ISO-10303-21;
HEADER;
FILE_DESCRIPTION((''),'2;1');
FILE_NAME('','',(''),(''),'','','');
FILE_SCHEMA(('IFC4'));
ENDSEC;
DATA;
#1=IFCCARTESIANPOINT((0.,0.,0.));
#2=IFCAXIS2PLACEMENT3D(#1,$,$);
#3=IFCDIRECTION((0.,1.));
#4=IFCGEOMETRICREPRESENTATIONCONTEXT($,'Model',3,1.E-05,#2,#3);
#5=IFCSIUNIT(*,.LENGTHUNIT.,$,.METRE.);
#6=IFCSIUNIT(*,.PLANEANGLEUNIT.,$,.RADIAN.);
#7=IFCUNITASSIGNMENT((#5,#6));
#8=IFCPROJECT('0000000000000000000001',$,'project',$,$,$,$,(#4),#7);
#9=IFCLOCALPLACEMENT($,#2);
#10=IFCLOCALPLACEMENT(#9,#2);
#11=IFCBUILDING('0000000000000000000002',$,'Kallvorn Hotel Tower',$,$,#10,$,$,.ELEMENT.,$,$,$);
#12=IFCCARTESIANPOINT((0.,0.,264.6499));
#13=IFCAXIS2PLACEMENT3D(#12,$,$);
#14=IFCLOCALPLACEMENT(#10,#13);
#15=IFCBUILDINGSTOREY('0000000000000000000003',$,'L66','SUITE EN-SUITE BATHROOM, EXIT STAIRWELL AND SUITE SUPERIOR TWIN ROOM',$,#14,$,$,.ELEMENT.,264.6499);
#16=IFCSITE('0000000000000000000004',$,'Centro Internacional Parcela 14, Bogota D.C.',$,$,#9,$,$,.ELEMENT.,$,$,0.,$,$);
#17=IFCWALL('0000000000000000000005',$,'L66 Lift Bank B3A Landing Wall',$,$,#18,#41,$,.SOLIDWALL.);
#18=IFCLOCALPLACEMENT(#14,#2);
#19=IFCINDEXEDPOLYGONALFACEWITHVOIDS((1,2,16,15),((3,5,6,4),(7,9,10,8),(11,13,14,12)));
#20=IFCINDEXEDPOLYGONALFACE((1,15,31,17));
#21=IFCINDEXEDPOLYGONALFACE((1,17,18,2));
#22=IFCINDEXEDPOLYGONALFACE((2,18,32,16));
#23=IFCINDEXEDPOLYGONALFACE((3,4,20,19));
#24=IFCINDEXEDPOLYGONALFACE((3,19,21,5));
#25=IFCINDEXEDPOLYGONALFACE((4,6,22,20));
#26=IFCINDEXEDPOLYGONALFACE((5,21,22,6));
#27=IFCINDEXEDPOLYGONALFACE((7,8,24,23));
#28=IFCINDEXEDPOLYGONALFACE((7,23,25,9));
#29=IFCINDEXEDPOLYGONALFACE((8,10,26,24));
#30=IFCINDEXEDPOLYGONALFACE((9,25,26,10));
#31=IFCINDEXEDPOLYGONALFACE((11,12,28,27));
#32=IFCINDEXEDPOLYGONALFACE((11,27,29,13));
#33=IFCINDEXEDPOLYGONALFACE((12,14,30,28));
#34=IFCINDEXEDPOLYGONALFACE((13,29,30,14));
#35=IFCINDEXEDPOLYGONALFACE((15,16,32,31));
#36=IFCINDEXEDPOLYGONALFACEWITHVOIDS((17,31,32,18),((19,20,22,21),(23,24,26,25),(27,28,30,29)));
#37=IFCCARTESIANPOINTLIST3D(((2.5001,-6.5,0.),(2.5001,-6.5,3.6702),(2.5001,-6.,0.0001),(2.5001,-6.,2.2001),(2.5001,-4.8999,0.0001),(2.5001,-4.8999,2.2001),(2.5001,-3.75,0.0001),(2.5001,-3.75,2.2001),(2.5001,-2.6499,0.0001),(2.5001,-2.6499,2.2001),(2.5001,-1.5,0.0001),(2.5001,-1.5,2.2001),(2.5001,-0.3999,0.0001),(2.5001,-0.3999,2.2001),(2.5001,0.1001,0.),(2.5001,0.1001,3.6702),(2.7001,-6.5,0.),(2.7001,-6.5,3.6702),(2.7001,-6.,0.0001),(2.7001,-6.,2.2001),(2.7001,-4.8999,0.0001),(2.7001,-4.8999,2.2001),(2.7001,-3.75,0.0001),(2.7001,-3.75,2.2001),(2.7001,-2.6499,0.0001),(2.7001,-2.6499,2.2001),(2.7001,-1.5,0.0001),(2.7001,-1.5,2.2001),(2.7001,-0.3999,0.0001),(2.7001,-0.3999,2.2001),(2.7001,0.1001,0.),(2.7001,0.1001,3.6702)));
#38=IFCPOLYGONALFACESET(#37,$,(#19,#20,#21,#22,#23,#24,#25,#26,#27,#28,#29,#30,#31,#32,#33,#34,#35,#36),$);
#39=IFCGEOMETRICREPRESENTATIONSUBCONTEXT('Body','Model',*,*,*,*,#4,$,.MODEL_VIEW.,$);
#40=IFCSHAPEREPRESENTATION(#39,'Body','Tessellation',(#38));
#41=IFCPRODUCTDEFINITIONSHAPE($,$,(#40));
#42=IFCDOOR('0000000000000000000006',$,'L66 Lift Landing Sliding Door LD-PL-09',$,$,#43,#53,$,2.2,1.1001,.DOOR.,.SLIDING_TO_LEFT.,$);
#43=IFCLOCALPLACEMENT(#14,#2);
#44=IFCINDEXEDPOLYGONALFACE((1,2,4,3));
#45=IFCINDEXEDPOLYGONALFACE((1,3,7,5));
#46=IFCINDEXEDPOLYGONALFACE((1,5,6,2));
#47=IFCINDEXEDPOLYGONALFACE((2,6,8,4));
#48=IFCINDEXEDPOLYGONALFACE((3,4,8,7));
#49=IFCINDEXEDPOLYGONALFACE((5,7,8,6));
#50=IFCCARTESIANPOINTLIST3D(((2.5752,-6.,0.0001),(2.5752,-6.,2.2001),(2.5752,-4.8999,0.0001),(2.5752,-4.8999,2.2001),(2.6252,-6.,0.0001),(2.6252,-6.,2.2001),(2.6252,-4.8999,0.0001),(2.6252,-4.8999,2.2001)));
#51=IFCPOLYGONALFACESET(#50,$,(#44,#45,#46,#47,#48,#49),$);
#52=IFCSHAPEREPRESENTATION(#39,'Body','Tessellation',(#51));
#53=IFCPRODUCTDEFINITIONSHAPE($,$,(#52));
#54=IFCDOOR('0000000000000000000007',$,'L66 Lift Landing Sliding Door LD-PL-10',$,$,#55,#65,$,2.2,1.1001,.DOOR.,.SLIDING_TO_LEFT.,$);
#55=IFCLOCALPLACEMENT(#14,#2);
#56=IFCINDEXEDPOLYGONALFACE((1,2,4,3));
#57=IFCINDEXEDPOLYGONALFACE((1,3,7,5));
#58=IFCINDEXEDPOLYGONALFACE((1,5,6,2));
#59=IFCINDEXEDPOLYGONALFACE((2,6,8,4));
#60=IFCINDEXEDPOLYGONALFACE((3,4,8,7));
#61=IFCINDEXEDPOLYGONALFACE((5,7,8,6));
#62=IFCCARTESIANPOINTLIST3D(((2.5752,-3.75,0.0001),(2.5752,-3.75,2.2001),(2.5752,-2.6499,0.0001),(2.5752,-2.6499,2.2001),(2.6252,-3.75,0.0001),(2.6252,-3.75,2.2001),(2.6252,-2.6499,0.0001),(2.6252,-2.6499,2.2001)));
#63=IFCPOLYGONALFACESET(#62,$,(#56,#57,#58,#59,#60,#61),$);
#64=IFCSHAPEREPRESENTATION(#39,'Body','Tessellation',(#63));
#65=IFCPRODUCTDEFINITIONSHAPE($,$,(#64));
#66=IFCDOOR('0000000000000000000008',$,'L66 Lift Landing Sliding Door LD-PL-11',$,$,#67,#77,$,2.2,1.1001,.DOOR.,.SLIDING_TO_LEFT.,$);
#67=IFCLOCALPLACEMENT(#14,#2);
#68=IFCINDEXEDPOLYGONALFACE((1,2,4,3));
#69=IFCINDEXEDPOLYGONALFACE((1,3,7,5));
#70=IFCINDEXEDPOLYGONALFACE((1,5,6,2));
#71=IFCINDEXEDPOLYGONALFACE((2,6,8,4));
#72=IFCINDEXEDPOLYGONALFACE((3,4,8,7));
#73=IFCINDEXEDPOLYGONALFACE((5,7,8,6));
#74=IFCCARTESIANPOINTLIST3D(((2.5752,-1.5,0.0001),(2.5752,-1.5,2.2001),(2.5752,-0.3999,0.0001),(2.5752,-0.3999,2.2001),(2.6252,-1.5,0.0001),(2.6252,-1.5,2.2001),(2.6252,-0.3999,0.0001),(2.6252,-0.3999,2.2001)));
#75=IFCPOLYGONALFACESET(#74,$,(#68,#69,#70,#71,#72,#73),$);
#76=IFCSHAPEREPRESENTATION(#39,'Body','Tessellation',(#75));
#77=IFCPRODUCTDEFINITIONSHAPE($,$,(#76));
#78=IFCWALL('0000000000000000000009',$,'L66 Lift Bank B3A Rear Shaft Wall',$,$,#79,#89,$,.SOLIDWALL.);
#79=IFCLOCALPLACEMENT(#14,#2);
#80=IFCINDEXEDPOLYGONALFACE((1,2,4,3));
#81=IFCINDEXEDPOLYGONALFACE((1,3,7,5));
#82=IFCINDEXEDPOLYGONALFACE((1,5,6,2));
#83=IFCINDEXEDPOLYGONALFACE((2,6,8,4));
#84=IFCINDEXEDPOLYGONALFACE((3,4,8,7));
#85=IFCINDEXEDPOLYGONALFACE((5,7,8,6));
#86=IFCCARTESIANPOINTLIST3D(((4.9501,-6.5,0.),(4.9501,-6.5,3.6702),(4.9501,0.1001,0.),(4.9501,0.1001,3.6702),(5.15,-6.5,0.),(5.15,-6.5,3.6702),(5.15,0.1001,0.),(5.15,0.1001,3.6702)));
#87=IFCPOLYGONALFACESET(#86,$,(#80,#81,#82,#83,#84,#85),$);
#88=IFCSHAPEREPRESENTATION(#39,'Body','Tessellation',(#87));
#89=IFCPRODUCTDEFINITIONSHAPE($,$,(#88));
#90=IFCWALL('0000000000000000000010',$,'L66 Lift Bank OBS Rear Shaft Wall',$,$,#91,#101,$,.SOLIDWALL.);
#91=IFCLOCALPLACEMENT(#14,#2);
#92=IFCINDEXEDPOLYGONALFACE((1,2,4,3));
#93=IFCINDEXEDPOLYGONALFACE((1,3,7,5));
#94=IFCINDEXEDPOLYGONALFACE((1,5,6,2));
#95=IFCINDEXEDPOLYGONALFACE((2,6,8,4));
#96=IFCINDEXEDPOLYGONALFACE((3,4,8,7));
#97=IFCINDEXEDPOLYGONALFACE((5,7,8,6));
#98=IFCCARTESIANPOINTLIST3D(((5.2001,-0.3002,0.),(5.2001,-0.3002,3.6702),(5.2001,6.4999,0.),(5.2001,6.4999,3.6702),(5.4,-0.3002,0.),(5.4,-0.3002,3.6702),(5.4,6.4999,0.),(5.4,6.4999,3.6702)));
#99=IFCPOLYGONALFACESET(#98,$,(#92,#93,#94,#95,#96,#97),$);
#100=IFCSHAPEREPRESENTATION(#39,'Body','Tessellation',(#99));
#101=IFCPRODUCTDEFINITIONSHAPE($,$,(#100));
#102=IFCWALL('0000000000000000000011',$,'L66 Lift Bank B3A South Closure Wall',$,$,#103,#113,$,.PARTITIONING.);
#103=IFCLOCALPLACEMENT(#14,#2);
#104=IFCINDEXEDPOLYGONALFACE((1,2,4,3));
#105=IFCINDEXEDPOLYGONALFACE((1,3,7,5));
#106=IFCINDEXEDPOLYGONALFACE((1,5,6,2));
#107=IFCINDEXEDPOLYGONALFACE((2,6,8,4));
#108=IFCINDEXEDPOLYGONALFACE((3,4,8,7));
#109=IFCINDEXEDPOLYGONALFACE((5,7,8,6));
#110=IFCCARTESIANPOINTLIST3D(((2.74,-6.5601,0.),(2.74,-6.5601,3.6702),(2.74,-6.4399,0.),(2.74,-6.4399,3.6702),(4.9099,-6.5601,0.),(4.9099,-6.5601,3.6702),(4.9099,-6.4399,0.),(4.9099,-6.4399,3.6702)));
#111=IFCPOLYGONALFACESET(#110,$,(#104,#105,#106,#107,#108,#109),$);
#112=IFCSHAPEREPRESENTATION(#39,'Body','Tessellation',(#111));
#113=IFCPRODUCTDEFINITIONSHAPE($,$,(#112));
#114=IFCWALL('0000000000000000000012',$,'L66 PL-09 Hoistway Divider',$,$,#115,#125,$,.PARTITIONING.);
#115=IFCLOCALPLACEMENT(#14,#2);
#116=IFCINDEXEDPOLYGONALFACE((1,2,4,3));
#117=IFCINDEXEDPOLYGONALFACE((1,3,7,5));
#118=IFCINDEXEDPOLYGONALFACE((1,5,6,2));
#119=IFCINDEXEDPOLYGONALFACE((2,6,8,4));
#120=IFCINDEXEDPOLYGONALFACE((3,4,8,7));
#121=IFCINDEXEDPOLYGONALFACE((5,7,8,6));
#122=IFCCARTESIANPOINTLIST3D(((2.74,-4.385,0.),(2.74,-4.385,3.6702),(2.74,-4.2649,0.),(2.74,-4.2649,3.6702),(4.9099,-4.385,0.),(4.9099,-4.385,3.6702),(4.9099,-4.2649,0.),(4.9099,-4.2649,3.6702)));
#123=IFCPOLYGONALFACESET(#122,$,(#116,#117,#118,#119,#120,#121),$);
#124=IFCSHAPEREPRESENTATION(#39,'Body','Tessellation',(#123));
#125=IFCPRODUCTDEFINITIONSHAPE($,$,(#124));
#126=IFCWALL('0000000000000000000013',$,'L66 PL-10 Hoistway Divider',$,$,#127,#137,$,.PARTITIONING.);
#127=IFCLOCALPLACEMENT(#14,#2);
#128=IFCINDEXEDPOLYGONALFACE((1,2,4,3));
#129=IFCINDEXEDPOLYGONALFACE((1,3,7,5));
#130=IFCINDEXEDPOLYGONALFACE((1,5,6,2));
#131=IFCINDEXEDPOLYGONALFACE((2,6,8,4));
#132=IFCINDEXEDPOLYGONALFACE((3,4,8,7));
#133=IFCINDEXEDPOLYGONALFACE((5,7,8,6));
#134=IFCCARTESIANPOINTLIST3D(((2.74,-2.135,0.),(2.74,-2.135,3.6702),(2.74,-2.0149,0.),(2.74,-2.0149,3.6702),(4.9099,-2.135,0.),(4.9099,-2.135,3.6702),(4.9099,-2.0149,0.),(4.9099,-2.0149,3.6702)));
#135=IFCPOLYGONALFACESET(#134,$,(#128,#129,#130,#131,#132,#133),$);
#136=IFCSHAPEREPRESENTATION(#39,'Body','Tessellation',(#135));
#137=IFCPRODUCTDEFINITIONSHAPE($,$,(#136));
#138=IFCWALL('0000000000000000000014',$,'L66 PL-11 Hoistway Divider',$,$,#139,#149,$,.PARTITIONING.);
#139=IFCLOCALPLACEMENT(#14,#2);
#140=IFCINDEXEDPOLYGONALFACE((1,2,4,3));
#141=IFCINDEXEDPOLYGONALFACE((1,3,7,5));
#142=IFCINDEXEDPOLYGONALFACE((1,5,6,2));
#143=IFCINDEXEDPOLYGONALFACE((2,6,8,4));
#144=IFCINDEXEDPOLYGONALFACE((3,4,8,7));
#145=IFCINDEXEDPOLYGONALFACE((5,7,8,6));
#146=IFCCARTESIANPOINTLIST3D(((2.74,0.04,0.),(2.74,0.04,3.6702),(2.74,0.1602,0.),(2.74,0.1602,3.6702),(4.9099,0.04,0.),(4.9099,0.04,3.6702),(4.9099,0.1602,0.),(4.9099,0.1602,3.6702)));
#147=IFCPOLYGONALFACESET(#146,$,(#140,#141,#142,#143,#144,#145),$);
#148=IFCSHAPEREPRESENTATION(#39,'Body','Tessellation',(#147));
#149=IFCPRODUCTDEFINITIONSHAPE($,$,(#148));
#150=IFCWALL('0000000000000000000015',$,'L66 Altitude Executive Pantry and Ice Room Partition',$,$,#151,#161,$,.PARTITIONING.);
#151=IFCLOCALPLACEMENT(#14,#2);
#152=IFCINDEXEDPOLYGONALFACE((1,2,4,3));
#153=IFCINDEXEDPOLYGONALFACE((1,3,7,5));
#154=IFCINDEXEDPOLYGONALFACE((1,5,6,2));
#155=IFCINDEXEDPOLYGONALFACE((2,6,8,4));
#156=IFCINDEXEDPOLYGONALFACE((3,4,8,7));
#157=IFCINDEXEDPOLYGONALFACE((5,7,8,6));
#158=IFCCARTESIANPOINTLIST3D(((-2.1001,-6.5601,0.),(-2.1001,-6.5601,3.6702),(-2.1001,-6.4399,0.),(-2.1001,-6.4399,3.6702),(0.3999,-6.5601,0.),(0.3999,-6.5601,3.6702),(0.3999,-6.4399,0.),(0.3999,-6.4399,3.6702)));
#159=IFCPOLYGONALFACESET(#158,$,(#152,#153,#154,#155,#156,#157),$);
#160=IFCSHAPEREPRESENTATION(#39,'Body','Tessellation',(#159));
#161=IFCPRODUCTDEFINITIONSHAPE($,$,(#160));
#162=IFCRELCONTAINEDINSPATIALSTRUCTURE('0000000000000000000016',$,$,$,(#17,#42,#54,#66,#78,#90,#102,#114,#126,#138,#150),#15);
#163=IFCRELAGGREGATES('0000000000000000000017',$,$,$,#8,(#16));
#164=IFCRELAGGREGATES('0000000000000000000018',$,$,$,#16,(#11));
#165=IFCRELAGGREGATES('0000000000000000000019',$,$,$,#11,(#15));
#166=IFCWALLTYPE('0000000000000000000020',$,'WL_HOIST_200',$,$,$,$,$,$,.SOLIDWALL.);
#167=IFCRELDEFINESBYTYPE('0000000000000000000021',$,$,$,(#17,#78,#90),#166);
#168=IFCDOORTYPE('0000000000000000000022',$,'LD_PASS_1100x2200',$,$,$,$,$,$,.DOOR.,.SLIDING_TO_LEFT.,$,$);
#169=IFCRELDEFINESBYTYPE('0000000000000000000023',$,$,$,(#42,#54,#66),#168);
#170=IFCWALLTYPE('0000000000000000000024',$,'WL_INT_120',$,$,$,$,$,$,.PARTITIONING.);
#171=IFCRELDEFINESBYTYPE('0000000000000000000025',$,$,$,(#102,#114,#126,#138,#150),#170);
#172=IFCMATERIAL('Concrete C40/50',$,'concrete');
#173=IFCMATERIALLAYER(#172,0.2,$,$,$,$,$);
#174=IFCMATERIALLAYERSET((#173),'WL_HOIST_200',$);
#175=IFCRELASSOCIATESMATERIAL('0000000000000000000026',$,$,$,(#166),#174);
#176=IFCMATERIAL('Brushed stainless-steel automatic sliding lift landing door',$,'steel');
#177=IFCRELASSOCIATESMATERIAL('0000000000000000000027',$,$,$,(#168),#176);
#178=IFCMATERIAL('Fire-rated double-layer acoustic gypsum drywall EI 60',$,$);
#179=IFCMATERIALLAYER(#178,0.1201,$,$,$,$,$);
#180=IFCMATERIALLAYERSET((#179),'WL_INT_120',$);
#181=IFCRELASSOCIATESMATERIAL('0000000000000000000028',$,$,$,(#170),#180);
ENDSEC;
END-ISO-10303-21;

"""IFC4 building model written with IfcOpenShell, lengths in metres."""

from ifc_helpers import new_model, si_unit, direction, frame, frame_2d, origin, place, context, subcontext, project, spatial, rectangle, extrude, material, layer, layer_set, type_object, element, fill, save


model = new_model("IFC4")

# Units and contexts
model_context = context("Model", 3, precision=1e-05, world=origin(), true_north=direction((0.0, 1.0)))
body_context = subcontext(model_context, "Body", "Model", "MODEL_VIEW")
ifc_project = project(units=[si_unit("LENGTHUNIT", "METRE"), si_unit("PLANEANGLEUNIT", "RADIAN")], contexts=[model_context])

# Site, building, storey
site_placement = place(None, origin())
site = spatial("IfcSite", under=ifc_project, at=site_placement, Name="Centro Internacional Parcela 14, Bogota D.C.", CompositionType="ELEMENT", RefElevation=0.0)
building_placement = place(site_placement, origin())
building = spatial("IfcBuilding", under=site, at=building_placement, Name="Kallvorn Hotel Tower", CompositionType="ELEMENT")
storey_placement = place(building_placement, frame((0.0, 0.0, 264.6499)))
storey = spatial("IfcBuildingStorey", under=building, at=storey_placement, Name="L66", Description="SUITE EN-SUITE BATHROOM, EXIT STAIRWELL AND SUITE SUPERIOR TWIN ROOM", CompositionType="ELEMENT", Elevation=264.6499)

# Wall, openings, doors
ifc_material_1 = material(Name="Concrete C40/50", Category="concrete")
ifc_layer_1 = layer(ifc_material_1, 0.2)
ifc_layer_set_1 = layer_set([ifc_layer_1], Name="WL_HOIST_200")
wall_type_1 = type_object("IfcWallType", Name="WL_HOIST_200", PredefinedType="SOLIDWALL", material=ifc_layer_set_1)
wall_1_placement = place(storey_placement, frame((2.6001, -6.5, 0.0), z_axis=(0.0, 0.0, 1.0), x_axis=(0.0, 1.0, 0.0)))
wall_1 = element("IfcWall", 1, at=wall_1_placement, inside=storey, type_object=wall_type_1, Name="L66 Lift Bank B3A Landing Wall", PredefinedType="SOLIDWALL", context=body_context, shape_type="SweptSolid", body=[
    extrude(rectangle(XDim=6.6001, YDim=0.2, at=frame_2d((3.3, 0.0))), origin(), (0.0, 0.0, 1.0), 3.6702),
])
opening_1_placement = place(wall_1_placement, frame((0.5, 0.0, 0.0)))
opening_1 = element("IfcOpeningElement", 2, at=opening_1_placement, cuts=wall_1, PredefinedType="OPENING", context=body_context, shape_type="SweptSolid", body=[
    extrude(rectangle(XDim=1.1001, YDim=2.2, at=frame_2d((0.55, 1.1001))), frame((0.0, 0.115, 0.0), z_axis=(0.0, -1.0, 0.0), x_axis=(1.0, 0.0, 0.0)), (0.0, 0.0, 1.0), 0.23),
])
opening_2_placement = place(wall_1_placement, frame((2.75, 0.0, 0.0)))
opening_2 = element("IfcOpeningElement", 3, at=opening_2_placement, cuts=wall_1, PredefinedType="OPENING", context=body_context, shape_type="SweptSolid", body=[
    extrude(rectangle(XDim=1.1001, YDim=2.2, at=frame_2d((0.55, 1.1001))), frame((0.0, 0.115, 0.0), z_axis=(0.0, -1.0, 0.0), x_axis=(1.0, 0.0, 0.0)), (0.0, 0.0, 1.0), 0.23),
])
opening_3_placement = place(wall_1_placement, frame((5.0, 0.0, 0.0)))
opening_3 = element("IfcOpeningElement", 4, at=opening_3_placement, cuts=wall_1, PredefinedType="OPENING", context=body_context, shape_type="SweptSolid", body=[
    extrude(rectangle(XDim=1.1001, YDim=2.2, at=frame_2d((0.55, 1.1001))), frame((0.0, 0.115, 0.0), z_axis=(0.0, -1.0, 0.0), x_axis=(1.0, 0.0, 0.0)), (0.0, 0.0, 1.0), 0.23),
])
ifc_material_2 = material(Name="Brushed stainless-steel automatic sliding lift landing door", Category="steel")
door_type_1 = type_object("IfcDoorType", Name="LD_PASS_1100x2200", OperationType="SLIDING_TO_LEFT", PredefinedType="DOOR", material=ifc_material_2)
door_1_placement = place(opening_1_placement, origin())
door_1 = element("IfcDoor", 5, at=door_1_placement, inside=storey, type_object=door_type_1, Name="L66 Lift Landing Sliding Door LD-PL-09", OperationType="SLIDING_TO_LEFT", OverallHeight=2.2, OverallWidth=1.1001, PredefinedType="DOOR", context=body_context, shape_type="SweptSolid", body=[
    extrude(rectangle(XDim=1.1001, YDim=2.2, at=frame_2d((0.55, 1.1001))), frame((0.0, 0.0249, 0.0), z_axis=(0.0, -1.0, 0.0), x_axis=(1.0, 0.0, 0.0)), (0.0, 0.0, 1.0), 0.05),
])
fill(opening_1, door_1)
door_2_placement = place(opening_2_placement, origin())
door_2 = element("IfcDoor", 6, at=door_2_placement, inside=storey, type_object=door_type_1, Name="L66 Lift Landing Sliding Door LD-PL-10", OperationType="SLIDING_TO_LEFT", OverallHeight=2.2, OverallWidth=1.1001, PredefinedType="DOOR", context=body_context, shape_type="SweptSolid", body=[
    extrude(rectangle(XDim=1.1001, YDim=2.2, at=frame_2d((0.55, 1.1001))), frame((0.0, 0.0249, 0.0), z_axis=(0.0, -1.0, 0.0), x_axis=(1.0, 0.0, 0.0)), (0.0, 0.0, 1.0), 0.05),
])
fill(opening_2, door_2)
door_3_placement = place(opening_3_placement, origin())
door_3 = element("IfcDoor", 7, at=door_3_placement, inside=storey, type_object=door_type_1, Name="L66 Lift Landing Sliding Door LD-PL-11", OperationType="SLIDING_TO_LEFT", OverallHeight=2.2, OverallWidth=1.1001, PredefinedType="DOOR", context=body_context, shape_type="SweptSolid", body=[
    extrude(rectangle(XDim=1.1001, YDim=2.2, at=frame_2d((0.55, 1.1001))), frame((0.0, 0.0249, 0.0), z_axis=(0.0, -1.0, 0.0), x_axis=(1.0, 0.0, 0.0)), (0.0, 0.0, 1.0), 0.05),
])
fill(opening_3, door_3)

# Walls
wall_2_placement = place(storey_placement, frame((5.05, -6.5, 0.0), z_axis=(0.0, 0.0, 1.0), x_axis=(0.0, 1.0, 0.0)))
element("IfcWall", 8, at=wall_2_placement, inside=storey, type_object=wall_type_1, Name="L66 Lift Bank B3A Rear Shaft Wall", PredefinedType="SOLIDWALL", context=body_context, shape_type="SweptSolid", body=[
    extrude(rectangle(XDim=6.6001, YDim=0.2, at=frame_2d((3.3, 0.0))), origin(), (0.0, 0.0, 1.0), 3.6702),
])
wall_3_placement = place(storey_placement, frame((5.3, -0.3, 0.0), z_axis=(0.0, 0.0, 1.0), x_axis=(0.0, 1.0, 0.0)))
element("IfcWall", 9, at=wall_3_placement, inside=storey, type_object=wall_type_1, Name="L66 Lift Bank OBS Rear Shaft Wall", PredefinedType="SOLIDWALL", context=body_context, shape_type="SweptSolid", body=[
    extrude(rectangle(XDim=6.8, YDim=0.2, at=frame_2d((3.3999, 0.0))), origin(), (0.0, 0.0, 1.0), 3.6702),
])
ifc_material_3 = material(Name="Fire-rated double-layer acoustic gypsum drywall EI 60")
ifc_layer_2 = layer(ifc_material_3, 0.1201)
ifc_layer_set_2 = layer_set([ifc_layer_2], Name="WL_INT_120")
wall_type_2 = type_object("IfcWallType", Name="WL_INT_120", PredefinedType="PARTITIONING", material=ifc_layer_set_2)
for number, where, z_axis, x_axis, name in (
    (10, (2.74, -6.5, 0.0), (0.0, 0.0, 1.0), (1.0, 0.0, 0.0), "L66 Lift Bank B3A South Closure Wall"),
    (11, (2.74, -4.325, 0.0), (0.0, 0.0, 1.0), (1.0, 0.0, 0.0), "L66 PL-09 Hoistway Divider"),
    (12, (2.74, -2.075, 0.0), (0.0, 0.0, 1.0), (1.0, 0.0, 0.0), "L66 PL-10 Hoistway Divider"),
    (13, (2.74, 0.1001, 0.0), (0.0, 0.0, 1.0), (1.0, 0.0, 0.0), "L66 PL-11 Hoistway Divider"),
):
    element("IfcWall", number, at=place(storey_placement, frame(where, z_axis=z_axis, x_axis=x_axis)), inside=storey, type_object=wall_type_2, Name=name, PredefinedType="PARTITIONING", context=body_context, shape_type="SweptSolid", body=[
        extrude(rectangle(XDim=2.1699, YDim=0.1201, at=frame_2d((1.085, 0.0))), origin(), (0.0, 0.0, 1.0), 3.6702),
    ])
wall_4_placement = place(storey_placement, frame((-2.1001, -6.5, 0.0), z_axis=(0.0, 0.0, 1.0), x_axis=(1.0, 0.0, 0.0)))
element("IfcWall", 14, at=wall_4_placement, inside=storey, type_object=wall_type_2, Name="L66 Altitude Executive Pantry and Ice Room Partition", PredefinedType="PARTITIONING", context=body_context, shape_type="SweptSolid", body=[
    extrude(rectangle(XDim=2.5, YDim=0.1201, at=frame_2d((1.25, 0.0))), origin(), (0.0, 0.0, 1.0), 3.6702),
])

save(model, "model.ifc")
